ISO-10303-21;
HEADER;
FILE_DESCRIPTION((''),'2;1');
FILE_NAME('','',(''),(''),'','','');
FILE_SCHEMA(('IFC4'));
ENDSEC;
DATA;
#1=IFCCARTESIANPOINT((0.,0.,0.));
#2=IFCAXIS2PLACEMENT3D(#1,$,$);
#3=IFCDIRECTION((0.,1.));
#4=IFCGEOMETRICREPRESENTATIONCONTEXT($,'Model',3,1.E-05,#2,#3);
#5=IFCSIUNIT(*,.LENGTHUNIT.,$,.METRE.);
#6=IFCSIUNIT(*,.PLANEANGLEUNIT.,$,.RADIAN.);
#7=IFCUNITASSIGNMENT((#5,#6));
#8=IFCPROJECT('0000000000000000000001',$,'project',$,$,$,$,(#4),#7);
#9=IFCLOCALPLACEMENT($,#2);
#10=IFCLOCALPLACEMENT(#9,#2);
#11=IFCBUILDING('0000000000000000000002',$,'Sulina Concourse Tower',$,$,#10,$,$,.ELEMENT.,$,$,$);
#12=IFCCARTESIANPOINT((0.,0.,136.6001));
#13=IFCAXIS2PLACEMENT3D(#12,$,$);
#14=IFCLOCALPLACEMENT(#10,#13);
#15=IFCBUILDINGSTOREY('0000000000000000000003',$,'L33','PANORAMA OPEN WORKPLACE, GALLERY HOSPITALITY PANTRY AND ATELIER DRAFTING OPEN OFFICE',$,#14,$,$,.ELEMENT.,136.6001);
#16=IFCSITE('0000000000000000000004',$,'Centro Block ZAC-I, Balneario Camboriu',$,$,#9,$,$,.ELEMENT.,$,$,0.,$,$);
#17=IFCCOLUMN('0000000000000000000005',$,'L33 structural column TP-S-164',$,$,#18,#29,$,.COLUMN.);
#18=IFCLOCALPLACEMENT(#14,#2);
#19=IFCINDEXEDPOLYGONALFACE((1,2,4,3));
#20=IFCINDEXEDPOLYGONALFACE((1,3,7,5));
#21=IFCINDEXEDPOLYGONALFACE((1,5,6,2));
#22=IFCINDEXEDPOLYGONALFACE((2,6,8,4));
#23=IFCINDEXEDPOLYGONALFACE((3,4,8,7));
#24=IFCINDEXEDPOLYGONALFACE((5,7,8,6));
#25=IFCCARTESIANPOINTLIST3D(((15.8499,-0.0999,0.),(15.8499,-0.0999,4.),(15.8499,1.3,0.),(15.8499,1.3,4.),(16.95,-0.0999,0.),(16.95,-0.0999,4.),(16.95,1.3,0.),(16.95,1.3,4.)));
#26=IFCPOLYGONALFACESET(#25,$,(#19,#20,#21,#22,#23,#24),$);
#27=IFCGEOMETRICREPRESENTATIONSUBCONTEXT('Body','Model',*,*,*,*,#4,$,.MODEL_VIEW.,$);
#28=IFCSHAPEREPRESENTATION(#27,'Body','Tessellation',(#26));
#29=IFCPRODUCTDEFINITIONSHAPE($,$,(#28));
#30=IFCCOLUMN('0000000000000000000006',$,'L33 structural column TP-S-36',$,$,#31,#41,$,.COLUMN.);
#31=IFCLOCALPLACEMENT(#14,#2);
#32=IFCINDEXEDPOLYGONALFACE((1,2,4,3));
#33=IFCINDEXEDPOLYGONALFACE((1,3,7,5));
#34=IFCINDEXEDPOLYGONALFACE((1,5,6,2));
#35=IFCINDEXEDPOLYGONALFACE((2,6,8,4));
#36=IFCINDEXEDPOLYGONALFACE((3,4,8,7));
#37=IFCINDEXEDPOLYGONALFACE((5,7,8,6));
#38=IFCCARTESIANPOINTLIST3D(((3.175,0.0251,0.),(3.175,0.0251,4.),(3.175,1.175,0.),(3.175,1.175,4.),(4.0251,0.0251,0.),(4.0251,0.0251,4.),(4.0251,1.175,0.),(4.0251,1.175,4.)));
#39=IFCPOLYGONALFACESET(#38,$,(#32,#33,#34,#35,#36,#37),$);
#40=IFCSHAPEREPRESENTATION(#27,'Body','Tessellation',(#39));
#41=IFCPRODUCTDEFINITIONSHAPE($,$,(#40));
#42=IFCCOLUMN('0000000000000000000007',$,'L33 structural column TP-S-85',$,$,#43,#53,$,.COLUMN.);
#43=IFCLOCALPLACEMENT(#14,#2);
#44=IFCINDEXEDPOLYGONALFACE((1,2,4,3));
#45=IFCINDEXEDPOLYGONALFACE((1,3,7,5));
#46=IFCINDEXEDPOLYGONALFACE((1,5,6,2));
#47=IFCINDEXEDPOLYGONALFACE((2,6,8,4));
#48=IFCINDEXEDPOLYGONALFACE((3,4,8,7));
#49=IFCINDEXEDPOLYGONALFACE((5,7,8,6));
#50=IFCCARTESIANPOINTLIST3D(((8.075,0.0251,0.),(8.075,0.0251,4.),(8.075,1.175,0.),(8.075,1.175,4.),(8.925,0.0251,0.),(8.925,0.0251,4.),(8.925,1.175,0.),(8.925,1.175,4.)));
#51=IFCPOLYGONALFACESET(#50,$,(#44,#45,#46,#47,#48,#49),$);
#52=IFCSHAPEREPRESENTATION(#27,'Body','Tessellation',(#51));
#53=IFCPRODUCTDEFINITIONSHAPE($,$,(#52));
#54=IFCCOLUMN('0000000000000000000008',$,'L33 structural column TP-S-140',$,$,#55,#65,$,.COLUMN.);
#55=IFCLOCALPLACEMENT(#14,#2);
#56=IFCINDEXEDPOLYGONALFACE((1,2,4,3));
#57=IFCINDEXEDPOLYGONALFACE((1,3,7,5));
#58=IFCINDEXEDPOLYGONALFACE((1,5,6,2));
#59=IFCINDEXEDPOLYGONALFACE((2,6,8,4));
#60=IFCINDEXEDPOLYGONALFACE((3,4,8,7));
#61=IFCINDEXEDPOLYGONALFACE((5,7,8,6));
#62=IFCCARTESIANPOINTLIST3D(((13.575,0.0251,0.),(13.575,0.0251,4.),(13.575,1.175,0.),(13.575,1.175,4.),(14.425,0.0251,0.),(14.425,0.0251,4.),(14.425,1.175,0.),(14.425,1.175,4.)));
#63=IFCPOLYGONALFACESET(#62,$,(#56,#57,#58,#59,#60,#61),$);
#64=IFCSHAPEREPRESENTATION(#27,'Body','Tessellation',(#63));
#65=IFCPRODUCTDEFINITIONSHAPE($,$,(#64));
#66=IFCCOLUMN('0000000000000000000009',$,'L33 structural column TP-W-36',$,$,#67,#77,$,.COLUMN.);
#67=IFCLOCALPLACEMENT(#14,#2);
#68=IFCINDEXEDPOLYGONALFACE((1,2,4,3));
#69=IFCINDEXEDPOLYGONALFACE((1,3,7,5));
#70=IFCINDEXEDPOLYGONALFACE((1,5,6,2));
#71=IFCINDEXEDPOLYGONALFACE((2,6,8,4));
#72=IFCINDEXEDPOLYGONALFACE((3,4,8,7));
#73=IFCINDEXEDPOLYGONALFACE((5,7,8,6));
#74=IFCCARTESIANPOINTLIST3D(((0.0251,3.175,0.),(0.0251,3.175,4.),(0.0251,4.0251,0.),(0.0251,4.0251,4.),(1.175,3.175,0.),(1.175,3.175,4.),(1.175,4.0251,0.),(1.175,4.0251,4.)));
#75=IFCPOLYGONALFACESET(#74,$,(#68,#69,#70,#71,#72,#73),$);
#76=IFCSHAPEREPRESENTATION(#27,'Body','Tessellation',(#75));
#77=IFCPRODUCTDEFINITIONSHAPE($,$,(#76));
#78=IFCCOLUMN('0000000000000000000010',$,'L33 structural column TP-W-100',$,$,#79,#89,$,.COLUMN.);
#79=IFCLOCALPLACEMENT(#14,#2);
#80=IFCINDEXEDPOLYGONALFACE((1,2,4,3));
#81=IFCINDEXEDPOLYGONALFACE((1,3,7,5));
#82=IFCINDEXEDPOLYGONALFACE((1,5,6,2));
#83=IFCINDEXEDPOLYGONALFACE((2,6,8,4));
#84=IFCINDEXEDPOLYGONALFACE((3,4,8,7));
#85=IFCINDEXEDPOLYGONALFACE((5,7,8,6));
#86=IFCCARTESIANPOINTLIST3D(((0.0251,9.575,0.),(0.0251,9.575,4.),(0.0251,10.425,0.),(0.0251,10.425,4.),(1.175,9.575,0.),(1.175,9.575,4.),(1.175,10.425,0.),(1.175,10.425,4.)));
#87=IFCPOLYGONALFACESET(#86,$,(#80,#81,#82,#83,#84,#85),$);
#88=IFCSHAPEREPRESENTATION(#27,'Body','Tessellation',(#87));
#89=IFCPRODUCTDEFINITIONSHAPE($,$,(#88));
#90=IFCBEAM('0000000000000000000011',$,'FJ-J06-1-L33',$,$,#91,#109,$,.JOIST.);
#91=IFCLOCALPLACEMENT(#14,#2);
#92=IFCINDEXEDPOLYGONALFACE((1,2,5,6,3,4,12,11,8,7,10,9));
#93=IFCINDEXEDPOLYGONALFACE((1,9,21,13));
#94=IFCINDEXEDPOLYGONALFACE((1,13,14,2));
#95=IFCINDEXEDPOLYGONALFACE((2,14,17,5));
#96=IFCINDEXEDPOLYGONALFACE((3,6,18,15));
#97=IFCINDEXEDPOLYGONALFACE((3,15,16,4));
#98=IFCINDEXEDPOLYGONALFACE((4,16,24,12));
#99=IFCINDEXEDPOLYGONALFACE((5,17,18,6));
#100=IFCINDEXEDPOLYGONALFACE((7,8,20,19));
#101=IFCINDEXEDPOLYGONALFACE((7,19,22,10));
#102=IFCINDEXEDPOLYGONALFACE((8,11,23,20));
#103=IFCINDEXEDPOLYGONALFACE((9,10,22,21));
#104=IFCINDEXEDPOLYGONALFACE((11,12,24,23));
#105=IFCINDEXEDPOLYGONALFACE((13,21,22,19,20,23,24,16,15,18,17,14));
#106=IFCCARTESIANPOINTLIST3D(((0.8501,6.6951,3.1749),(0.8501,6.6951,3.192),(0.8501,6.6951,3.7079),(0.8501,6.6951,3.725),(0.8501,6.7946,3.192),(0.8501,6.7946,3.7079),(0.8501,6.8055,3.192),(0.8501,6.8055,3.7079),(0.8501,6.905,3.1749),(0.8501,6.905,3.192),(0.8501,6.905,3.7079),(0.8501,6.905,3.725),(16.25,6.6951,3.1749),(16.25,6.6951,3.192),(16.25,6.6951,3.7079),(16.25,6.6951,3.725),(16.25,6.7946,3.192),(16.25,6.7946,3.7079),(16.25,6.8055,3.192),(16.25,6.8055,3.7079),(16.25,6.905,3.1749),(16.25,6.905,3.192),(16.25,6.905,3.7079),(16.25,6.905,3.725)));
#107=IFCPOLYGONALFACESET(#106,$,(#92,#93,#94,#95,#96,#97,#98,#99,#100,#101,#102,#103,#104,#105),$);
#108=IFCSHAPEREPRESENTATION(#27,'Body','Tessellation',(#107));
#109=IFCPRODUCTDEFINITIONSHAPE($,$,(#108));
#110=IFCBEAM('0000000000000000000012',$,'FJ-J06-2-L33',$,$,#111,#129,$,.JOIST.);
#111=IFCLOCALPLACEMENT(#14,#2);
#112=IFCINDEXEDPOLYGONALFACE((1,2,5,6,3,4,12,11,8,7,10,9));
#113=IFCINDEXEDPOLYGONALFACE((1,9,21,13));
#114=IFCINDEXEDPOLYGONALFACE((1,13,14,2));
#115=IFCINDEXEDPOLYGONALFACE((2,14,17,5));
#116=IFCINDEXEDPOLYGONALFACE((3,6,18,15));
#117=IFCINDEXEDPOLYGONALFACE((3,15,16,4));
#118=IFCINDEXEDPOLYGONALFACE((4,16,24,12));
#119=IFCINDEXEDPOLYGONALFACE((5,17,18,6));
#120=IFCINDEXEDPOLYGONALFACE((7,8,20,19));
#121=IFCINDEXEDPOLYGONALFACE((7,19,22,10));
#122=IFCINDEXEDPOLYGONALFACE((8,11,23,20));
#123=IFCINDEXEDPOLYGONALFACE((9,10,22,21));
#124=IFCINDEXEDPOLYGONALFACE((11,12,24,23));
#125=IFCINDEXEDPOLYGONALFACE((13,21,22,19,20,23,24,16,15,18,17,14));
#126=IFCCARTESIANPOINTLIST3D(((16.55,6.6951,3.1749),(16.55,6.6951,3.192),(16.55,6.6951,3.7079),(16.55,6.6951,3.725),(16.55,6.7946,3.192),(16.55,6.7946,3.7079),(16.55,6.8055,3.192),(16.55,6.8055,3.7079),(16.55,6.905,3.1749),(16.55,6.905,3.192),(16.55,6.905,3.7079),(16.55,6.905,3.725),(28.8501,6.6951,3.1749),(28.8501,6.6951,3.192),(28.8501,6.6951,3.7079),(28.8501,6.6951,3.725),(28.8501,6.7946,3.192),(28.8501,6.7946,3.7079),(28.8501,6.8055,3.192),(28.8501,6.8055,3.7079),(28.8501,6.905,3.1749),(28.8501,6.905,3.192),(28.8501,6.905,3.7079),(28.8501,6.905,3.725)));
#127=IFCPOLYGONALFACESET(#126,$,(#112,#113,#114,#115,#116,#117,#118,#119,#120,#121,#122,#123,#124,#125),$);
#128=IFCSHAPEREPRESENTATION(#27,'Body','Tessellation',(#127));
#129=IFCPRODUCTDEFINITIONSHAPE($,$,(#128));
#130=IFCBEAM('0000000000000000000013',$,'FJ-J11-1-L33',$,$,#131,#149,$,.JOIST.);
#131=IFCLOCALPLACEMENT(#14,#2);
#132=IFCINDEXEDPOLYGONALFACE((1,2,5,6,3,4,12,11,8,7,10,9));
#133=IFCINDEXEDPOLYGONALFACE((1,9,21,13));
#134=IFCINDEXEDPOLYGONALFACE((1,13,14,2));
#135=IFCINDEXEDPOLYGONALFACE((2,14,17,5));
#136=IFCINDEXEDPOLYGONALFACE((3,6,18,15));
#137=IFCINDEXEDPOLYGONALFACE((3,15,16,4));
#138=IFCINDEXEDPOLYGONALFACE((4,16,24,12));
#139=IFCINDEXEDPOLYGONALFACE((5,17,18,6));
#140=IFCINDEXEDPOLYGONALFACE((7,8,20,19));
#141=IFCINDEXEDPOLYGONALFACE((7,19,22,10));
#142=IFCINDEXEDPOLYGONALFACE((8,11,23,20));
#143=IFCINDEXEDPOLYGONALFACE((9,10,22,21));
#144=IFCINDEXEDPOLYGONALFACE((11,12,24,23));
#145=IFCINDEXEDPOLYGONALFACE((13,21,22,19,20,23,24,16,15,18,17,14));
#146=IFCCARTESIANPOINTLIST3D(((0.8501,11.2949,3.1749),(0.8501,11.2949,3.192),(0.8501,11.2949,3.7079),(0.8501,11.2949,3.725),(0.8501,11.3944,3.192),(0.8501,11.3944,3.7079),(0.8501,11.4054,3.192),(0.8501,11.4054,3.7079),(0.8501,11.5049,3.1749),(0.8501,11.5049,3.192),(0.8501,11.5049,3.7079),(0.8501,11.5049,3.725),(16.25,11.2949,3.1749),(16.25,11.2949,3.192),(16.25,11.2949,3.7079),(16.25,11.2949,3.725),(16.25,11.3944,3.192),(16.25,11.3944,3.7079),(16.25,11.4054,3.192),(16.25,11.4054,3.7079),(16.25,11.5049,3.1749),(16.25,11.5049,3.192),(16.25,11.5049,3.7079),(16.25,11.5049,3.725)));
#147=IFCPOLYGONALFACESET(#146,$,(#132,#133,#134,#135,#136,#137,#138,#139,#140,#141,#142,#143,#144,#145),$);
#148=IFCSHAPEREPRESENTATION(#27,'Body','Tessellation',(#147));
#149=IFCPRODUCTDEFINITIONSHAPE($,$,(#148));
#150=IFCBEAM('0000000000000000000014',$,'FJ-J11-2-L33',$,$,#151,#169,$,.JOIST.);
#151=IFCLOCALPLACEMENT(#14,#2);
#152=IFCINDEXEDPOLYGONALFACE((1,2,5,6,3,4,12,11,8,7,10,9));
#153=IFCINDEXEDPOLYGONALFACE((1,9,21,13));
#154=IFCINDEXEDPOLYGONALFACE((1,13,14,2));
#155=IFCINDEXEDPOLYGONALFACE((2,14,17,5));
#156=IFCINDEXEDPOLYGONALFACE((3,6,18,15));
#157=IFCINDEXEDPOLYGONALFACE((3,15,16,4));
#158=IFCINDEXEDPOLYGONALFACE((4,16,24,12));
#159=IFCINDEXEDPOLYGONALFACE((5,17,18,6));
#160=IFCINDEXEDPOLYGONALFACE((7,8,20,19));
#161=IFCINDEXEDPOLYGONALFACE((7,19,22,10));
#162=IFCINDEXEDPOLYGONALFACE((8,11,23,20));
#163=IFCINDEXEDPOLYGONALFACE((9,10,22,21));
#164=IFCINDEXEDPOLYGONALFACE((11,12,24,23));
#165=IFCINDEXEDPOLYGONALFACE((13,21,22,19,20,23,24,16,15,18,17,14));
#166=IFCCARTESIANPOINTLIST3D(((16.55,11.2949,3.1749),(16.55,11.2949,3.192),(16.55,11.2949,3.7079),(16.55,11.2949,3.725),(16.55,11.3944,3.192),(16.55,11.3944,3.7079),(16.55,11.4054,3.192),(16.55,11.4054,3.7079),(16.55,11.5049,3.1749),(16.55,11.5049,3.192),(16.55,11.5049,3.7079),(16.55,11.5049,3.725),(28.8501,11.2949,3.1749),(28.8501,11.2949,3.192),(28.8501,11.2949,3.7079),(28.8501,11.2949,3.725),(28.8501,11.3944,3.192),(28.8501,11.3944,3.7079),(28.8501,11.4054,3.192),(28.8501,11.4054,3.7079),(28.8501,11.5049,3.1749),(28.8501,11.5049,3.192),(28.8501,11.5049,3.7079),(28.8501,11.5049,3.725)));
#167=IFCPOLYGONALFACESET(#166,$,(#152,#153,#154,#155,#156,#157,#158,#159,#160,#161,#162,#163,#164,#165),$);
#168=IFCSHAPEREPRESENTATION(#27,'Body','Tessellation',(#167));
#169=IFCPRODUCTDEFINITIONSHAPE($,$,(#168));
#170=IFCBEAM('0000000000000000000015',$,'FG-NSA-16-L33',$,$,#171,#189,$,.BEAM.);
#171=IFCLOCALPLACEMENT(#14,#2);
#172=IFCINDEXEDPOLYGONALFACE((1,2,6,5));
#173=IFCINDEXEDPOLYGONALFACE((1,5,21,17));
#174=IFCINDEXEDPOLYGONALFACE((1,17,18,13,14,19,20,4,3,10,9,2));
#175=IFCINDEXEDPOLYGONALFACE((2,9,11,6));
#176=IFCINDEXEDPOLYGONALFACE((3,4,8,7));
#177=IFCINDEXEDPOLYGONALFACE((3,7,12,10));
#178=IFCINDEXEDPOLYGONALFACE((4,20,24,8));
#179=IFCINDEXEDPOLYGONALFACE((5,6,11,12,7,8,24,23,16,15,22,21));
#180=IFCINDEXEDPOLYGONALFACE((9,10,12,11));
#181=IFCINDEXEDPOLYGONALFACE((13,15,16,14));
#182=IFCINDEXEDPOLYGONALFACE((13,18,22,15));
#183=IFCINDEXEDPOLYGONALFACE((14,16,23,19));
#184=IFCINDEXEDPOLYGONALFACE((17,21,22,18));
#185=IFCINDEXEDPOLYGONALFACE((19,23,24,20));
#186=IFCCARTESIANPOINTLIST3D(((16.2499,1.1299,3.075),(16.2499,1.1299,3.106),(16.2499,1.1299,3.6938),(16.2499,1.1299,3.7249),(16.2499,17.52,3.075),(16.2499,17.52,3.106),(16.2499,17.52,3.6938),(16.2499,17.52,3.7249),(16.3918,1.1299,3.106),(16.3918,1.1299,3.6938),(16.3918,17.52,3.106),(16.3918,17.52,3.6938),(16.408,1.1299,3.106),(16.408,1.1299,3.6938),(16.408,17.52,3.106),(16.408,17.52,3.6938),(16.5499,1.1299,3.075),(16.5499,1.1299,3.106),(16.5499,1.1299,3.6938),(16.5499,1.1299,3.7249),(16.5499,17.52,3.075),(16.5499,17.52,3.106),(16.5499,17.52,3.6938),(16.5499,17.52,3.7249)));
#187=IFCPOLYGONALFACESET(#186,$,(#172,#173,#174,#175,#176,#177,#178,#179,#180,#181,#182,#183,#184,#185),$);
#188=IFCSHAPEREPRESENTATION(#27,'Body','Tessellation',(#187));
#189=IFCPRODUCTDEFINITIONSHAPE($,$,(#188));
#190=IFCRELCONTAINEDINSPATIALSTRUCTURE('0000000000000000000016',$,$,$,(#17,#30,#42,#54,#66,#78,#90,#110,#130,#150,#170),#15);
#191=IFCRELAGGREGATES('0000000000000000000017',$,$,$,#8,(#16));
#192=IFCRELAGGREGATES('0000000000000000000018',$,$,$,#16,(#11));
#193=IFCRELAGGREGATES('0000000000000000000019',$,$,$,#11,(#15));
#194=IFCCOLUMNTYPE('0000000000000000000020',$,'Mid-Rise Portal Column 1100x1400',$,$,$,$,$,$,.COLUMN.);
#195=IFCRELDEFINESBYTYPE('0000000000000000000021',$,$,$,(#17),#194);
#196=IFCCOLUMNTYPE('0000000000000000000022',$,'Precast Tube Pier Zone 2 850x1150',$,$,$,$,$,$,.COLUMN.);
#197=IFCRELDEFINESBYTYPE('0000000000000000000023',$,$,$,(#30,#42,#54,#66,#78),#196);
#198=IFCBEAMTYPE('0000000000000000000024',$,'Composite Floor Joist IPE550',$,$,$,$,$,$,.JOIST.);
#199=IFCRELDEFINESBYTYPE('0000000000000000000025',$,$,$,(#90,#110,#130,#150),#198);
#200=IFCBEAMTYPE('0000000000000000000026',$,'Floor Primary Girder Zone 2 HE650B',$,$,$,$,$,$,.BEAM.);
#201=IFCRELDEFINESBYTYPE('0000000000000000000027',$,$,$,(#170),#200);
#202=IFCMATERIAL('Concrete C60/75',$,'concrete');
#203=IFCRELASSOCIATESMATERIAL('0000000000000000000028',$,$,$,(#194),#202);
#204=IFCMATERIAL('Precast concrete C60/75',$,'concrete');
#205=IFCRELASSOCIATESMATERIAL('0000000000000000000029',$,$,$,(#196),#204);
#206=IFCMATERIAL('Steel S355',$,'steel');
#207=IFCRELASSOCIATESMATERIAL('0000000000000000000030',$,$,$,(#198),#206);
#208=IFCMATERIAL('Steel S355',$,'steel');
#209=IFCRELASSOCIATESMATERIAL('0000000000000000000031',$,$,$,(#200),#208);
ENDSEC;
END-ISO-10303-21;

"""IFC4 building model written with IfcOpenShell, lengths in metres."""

from ifc_helpers import new_model, si_unit, direction, frame, origin, origin_2d, place, context, subcontext, project, spatial, rectangle, i_section, extrude, material, material_profile, profile_set, type_object, element, save


model = new_model("IFC4")

# Units and contexts
model_context = context("Model", 3, precision=1e-05, world=origin(), true_north=direction((0.0, 1.0)))
body_context = subcontext(model_context, "Body", "Model", "MODEL_VIEW")
ifc_project = project(units=[si_unit("LENGTHUNIT", "METRE"), si_unit("PLANEANGLEUNIT", "RADIAN")], contexts=[model_context])

# Site, building, storey
site_placement = place(None, origin())
site = spatial("IfcSite", under=ifc_project, at=site_placement, Name="Centro Block ZAC-I, Balneario Camboriu", CompositionType="ELEMENT", RefElevation=0.0)
building_placement = place(site_placement, origin())
building = spatial("IfcBuilding", under=site, at=building_placement, Name="Sulina Concourse Tower", CompositionType="ELEMENT")
storey_placement = place(building_placement, frame((0.0, 0.0, 136.6001)))
storey = spatial("IfcBuildingStorey", under=building, at=storey_placement, Name="L33", Description="PANORAMA OPEN WORKPLACE, GALLERY HOSPITALITY PANTRY AND ATELIER DRAFTING OPEN OFFICE", CompositionType="ELEMENT", Elevation=136.6001)

# Columns
ifc_material_1 = material(Name="Concrete C60/75", Category="concrete")
ifc_material_profile_1 = material_profile(ifc_material_1, rectangle(XDim=1.1001, YDim=1.3999, at=origin_2d()), Name="RC 1100x1400")
ifc_profile_set_1 = profile_set([ifc_material_profile_1], Name="Concrete C60/75")
column_type_1 = type_object("IfcColumnType", Name="Mid-Rise Portal Column 1100x1400", PredefinedType="COLUMN", material=ifc_profile_set_1)
column_placement = place(storey_placement, frame((16.3999, 0.6001, 0.0), z_axis=(0.0, 0.0, 1.0), x_axis=(1.0, 0.0, 0.0)))
element("IfcColumn", 1, at=column_placement, inside=storey, type_object=column_type_1, Name="L33 structural column TP-S-164", PredefinedType="COLUMN", context=body_context, shape_type="SweptSolid", body=[
    extrude(rectangle(XDim=1.1001, YDim=1.3999, at=origin_2d()), origin(), (0.0, 0.0, 1.0), 4.0),
])
ifc_material_2 = material(Name="Precast concrete C60/75", Category="concrete")
ifc_material_profile_2 = material_profile(ifc_material_2, rectangle(XDim=0.8501, YDim=1.1499, at=origin_2d()), Name="PC 850x1150")
ifc_profile_set_2 = profile_set([ifc_material_profile_2], Name="Precast concrete C60/75")
column_type_2 = type_object("IfcColumnType", Name="Precast Tube Pier Zone 2 850x1150", PredefinedType="COLUMN", material=ifc_profile_set_2)
for number, where, z_axis, x_axis, name in (
    (2, (3.6001, 0.6001, 0.0), (0.0, 0.0, 1.0), (1.0, 0.0, 0.0), "L33 structural column TP-S-36"),
    (3, (8.5, 0.6001, 0.0), (0.0, 0.0, 1.0), (1.0, 0.0, 0.0), "L33 structural column TP-S-85"),
    (4, (14.0, 0.6001, 0.0), (0.0, 0.0, 1.0), (1.0, 0.0, 0.0), "L33 structural column TP-S-140"),
    (5, (0.6001, 3.6001, 0.0), (0.0, 0.0, 1.0), (0.0, 1.0, 0.0), "L33 structural column TP-W-36"),
    (6, (0.6001, 10.0, 0.0), (0.0, 0.0, 1.0), (0.0, 1.0, 0.0), "L33 structural column TP-W-100"),
):
    element("IfcColumn", number, at=place(storey_placement, frame(where, z_axis=z_axis, x_axis=x_axis)), inside=storey, type_object=column_type_2, Name=name, PredefinedType="COLUMN", context=body_context, shape_type="SweptSolid", body=[
        extrude(rectangle(XDim=0.8501, YDim=1.1499, at=origin_2d()), origin(), (0.0, 0.0, 1.0), 4.0),
    ])

# Beams
ifc_material_3 = material(Name="Steel S355", Category="steel")
ifc_material_profile_3 = material_profile(ifc_material_3, i_section(OverallWidth=0.21, OverallDepth=0.55, WebThickness=0.011, FlangeThickness=0.0171, at=origin_2d()), Name="IPE 550")
ifc_profile_set_3 = profile_set([ifc_material_profile_3], Name="Steel S355")
beam_type_1 = type_object("IfcBeamType", Name="Composite Floor Joist IPE550", PredefinedType="JOIST", material=ifc_profile_set_3)
beam_1_placement = place(storey_placement, frame((0.8501, 6.8, 3.45), z_axis=(1.0, 0.0, 0.0), x_axis=(0.0, 1.0, 0.0)))
element("IfcBeam", 7, at=beam_1_placement, inside=storey, type_object=beam_type_1, Name="FJ-J06-1-L33", PredefinedType="JOIST", context=body_context, shape_type="SweptSolid", body=[
    extrude(i_section(OverallWidth=0.21, OverallDepth=0.55, WebThickness=0.011, FlangeThickness=0.0171, at=origin_2d()), origin(), (0.0, 0.0, 1.0), 15.3999),
])
beam_2_placement = place(storey_placement, frame((16.55, 6.8, 3.45), z_axis=(1.0, 0.0, 0.0), x_axis=(0.0, 1.0, 0.0)))
element("IfcBeam", 8, at=beam_2_placement, inside=storey, type_object=beam_type_1, Name="FJ-J06-2-L33", PredefinedType="JOIST", context=body_context, shape_type="SweptSolid", body=[
    extrude(i_section(OverallWidth=0.21, OverallDepth=0.55, WebThickness=0.011, FlangeThickness=0.0171, at=origin_2d()), origin(), (0.0, 0.0, 1.0), 12.3),
])
beam_3_placement = place(storey_placement, frame((0.8501, 11.3999, 3.45), z_axis=(1.0, 0.0, 0.0), x_axis=(0.0, 1.0, 0.0)))
element("IfcBeam", 9, at=beam_3_placement, inside=storey, type_object=beam_type_1, Name="FJ-J11-1-L33", PredefinedType="JOIST", context=body_context, shape_type="SweptSolid", body=[
    extrude(i_section(OverallWidth=0.21, OverallDepth=0.55, WebThickness=0.011, FlangeThickness=0.0171, at=origin_2d()), origin(), (0.0, 0.0, 1.0), 15.3999),
])
beam_4_placement = place(storey_placement, frame((16.55, 11.3999, 3.45), z_axis=(1.0, 0.0, 0.0), x_axis=(0.0, 1.0, 0.0)))
element("IfcBeam", 10, at=beam_4_placement, inside=storey, type_object=beam_type_1, Name="FJ-J11-2-L33", PredefinedType="JOIST", context=body_context, shape_type="SweptSolid", body=[
    extrude(i_section(OverallWidth=0.21, OverallDepth=0.55, WebThickness=0.011, FlangeThickness=0.0171, at=origin_2d()), origin(), (0.0, 0.0, 1.0), 12.3),
])
ifc_material_4 = material(Name="Steel S355", Category="steel")
ifc_material_profile_4 = material_profile(ifc_material_4, i_section(OverallWidth=0.3, OverallDepth=0.6499, WebThickness=0.0161, FlangeThickness=0.031, at=origin_2d()), Name="HE 650 B")
ifc_profile_set_4 = profile_set([ifc_material_profile_4], Name="Steel S355")
beam_type_2 = type_object("IfcBeamType", Name="Floor Primary Girder Zone 2 HE650B", PredefinedType="BEAM", material=ifc_profile_set_4)
beam_5_placement = place(storey_placement, frame((16.3999, 1.1299, 3.3999), z_axis=(0.0, 1.0, 0.0), x_axis=(-1.0, 0.0, 0.0)))
element("IfcBeam", 11, at=beam_5_placement, inside=storey, type_object=beam_type_2, Name="FG-NSA-16-L33", PredefinedType="BEAM", context=body_context, shape_type="SweptSolid", body=[
    extrude(i_section(OverallWidth=0.3, OverallDepth=0.6499, WebThickness=0.0161, FlangeThickness=0.031, at=origin_2d()), origin(), (0.0, 0.0, 1.0), 16.3901),
])

save(model, "model.ifc")
